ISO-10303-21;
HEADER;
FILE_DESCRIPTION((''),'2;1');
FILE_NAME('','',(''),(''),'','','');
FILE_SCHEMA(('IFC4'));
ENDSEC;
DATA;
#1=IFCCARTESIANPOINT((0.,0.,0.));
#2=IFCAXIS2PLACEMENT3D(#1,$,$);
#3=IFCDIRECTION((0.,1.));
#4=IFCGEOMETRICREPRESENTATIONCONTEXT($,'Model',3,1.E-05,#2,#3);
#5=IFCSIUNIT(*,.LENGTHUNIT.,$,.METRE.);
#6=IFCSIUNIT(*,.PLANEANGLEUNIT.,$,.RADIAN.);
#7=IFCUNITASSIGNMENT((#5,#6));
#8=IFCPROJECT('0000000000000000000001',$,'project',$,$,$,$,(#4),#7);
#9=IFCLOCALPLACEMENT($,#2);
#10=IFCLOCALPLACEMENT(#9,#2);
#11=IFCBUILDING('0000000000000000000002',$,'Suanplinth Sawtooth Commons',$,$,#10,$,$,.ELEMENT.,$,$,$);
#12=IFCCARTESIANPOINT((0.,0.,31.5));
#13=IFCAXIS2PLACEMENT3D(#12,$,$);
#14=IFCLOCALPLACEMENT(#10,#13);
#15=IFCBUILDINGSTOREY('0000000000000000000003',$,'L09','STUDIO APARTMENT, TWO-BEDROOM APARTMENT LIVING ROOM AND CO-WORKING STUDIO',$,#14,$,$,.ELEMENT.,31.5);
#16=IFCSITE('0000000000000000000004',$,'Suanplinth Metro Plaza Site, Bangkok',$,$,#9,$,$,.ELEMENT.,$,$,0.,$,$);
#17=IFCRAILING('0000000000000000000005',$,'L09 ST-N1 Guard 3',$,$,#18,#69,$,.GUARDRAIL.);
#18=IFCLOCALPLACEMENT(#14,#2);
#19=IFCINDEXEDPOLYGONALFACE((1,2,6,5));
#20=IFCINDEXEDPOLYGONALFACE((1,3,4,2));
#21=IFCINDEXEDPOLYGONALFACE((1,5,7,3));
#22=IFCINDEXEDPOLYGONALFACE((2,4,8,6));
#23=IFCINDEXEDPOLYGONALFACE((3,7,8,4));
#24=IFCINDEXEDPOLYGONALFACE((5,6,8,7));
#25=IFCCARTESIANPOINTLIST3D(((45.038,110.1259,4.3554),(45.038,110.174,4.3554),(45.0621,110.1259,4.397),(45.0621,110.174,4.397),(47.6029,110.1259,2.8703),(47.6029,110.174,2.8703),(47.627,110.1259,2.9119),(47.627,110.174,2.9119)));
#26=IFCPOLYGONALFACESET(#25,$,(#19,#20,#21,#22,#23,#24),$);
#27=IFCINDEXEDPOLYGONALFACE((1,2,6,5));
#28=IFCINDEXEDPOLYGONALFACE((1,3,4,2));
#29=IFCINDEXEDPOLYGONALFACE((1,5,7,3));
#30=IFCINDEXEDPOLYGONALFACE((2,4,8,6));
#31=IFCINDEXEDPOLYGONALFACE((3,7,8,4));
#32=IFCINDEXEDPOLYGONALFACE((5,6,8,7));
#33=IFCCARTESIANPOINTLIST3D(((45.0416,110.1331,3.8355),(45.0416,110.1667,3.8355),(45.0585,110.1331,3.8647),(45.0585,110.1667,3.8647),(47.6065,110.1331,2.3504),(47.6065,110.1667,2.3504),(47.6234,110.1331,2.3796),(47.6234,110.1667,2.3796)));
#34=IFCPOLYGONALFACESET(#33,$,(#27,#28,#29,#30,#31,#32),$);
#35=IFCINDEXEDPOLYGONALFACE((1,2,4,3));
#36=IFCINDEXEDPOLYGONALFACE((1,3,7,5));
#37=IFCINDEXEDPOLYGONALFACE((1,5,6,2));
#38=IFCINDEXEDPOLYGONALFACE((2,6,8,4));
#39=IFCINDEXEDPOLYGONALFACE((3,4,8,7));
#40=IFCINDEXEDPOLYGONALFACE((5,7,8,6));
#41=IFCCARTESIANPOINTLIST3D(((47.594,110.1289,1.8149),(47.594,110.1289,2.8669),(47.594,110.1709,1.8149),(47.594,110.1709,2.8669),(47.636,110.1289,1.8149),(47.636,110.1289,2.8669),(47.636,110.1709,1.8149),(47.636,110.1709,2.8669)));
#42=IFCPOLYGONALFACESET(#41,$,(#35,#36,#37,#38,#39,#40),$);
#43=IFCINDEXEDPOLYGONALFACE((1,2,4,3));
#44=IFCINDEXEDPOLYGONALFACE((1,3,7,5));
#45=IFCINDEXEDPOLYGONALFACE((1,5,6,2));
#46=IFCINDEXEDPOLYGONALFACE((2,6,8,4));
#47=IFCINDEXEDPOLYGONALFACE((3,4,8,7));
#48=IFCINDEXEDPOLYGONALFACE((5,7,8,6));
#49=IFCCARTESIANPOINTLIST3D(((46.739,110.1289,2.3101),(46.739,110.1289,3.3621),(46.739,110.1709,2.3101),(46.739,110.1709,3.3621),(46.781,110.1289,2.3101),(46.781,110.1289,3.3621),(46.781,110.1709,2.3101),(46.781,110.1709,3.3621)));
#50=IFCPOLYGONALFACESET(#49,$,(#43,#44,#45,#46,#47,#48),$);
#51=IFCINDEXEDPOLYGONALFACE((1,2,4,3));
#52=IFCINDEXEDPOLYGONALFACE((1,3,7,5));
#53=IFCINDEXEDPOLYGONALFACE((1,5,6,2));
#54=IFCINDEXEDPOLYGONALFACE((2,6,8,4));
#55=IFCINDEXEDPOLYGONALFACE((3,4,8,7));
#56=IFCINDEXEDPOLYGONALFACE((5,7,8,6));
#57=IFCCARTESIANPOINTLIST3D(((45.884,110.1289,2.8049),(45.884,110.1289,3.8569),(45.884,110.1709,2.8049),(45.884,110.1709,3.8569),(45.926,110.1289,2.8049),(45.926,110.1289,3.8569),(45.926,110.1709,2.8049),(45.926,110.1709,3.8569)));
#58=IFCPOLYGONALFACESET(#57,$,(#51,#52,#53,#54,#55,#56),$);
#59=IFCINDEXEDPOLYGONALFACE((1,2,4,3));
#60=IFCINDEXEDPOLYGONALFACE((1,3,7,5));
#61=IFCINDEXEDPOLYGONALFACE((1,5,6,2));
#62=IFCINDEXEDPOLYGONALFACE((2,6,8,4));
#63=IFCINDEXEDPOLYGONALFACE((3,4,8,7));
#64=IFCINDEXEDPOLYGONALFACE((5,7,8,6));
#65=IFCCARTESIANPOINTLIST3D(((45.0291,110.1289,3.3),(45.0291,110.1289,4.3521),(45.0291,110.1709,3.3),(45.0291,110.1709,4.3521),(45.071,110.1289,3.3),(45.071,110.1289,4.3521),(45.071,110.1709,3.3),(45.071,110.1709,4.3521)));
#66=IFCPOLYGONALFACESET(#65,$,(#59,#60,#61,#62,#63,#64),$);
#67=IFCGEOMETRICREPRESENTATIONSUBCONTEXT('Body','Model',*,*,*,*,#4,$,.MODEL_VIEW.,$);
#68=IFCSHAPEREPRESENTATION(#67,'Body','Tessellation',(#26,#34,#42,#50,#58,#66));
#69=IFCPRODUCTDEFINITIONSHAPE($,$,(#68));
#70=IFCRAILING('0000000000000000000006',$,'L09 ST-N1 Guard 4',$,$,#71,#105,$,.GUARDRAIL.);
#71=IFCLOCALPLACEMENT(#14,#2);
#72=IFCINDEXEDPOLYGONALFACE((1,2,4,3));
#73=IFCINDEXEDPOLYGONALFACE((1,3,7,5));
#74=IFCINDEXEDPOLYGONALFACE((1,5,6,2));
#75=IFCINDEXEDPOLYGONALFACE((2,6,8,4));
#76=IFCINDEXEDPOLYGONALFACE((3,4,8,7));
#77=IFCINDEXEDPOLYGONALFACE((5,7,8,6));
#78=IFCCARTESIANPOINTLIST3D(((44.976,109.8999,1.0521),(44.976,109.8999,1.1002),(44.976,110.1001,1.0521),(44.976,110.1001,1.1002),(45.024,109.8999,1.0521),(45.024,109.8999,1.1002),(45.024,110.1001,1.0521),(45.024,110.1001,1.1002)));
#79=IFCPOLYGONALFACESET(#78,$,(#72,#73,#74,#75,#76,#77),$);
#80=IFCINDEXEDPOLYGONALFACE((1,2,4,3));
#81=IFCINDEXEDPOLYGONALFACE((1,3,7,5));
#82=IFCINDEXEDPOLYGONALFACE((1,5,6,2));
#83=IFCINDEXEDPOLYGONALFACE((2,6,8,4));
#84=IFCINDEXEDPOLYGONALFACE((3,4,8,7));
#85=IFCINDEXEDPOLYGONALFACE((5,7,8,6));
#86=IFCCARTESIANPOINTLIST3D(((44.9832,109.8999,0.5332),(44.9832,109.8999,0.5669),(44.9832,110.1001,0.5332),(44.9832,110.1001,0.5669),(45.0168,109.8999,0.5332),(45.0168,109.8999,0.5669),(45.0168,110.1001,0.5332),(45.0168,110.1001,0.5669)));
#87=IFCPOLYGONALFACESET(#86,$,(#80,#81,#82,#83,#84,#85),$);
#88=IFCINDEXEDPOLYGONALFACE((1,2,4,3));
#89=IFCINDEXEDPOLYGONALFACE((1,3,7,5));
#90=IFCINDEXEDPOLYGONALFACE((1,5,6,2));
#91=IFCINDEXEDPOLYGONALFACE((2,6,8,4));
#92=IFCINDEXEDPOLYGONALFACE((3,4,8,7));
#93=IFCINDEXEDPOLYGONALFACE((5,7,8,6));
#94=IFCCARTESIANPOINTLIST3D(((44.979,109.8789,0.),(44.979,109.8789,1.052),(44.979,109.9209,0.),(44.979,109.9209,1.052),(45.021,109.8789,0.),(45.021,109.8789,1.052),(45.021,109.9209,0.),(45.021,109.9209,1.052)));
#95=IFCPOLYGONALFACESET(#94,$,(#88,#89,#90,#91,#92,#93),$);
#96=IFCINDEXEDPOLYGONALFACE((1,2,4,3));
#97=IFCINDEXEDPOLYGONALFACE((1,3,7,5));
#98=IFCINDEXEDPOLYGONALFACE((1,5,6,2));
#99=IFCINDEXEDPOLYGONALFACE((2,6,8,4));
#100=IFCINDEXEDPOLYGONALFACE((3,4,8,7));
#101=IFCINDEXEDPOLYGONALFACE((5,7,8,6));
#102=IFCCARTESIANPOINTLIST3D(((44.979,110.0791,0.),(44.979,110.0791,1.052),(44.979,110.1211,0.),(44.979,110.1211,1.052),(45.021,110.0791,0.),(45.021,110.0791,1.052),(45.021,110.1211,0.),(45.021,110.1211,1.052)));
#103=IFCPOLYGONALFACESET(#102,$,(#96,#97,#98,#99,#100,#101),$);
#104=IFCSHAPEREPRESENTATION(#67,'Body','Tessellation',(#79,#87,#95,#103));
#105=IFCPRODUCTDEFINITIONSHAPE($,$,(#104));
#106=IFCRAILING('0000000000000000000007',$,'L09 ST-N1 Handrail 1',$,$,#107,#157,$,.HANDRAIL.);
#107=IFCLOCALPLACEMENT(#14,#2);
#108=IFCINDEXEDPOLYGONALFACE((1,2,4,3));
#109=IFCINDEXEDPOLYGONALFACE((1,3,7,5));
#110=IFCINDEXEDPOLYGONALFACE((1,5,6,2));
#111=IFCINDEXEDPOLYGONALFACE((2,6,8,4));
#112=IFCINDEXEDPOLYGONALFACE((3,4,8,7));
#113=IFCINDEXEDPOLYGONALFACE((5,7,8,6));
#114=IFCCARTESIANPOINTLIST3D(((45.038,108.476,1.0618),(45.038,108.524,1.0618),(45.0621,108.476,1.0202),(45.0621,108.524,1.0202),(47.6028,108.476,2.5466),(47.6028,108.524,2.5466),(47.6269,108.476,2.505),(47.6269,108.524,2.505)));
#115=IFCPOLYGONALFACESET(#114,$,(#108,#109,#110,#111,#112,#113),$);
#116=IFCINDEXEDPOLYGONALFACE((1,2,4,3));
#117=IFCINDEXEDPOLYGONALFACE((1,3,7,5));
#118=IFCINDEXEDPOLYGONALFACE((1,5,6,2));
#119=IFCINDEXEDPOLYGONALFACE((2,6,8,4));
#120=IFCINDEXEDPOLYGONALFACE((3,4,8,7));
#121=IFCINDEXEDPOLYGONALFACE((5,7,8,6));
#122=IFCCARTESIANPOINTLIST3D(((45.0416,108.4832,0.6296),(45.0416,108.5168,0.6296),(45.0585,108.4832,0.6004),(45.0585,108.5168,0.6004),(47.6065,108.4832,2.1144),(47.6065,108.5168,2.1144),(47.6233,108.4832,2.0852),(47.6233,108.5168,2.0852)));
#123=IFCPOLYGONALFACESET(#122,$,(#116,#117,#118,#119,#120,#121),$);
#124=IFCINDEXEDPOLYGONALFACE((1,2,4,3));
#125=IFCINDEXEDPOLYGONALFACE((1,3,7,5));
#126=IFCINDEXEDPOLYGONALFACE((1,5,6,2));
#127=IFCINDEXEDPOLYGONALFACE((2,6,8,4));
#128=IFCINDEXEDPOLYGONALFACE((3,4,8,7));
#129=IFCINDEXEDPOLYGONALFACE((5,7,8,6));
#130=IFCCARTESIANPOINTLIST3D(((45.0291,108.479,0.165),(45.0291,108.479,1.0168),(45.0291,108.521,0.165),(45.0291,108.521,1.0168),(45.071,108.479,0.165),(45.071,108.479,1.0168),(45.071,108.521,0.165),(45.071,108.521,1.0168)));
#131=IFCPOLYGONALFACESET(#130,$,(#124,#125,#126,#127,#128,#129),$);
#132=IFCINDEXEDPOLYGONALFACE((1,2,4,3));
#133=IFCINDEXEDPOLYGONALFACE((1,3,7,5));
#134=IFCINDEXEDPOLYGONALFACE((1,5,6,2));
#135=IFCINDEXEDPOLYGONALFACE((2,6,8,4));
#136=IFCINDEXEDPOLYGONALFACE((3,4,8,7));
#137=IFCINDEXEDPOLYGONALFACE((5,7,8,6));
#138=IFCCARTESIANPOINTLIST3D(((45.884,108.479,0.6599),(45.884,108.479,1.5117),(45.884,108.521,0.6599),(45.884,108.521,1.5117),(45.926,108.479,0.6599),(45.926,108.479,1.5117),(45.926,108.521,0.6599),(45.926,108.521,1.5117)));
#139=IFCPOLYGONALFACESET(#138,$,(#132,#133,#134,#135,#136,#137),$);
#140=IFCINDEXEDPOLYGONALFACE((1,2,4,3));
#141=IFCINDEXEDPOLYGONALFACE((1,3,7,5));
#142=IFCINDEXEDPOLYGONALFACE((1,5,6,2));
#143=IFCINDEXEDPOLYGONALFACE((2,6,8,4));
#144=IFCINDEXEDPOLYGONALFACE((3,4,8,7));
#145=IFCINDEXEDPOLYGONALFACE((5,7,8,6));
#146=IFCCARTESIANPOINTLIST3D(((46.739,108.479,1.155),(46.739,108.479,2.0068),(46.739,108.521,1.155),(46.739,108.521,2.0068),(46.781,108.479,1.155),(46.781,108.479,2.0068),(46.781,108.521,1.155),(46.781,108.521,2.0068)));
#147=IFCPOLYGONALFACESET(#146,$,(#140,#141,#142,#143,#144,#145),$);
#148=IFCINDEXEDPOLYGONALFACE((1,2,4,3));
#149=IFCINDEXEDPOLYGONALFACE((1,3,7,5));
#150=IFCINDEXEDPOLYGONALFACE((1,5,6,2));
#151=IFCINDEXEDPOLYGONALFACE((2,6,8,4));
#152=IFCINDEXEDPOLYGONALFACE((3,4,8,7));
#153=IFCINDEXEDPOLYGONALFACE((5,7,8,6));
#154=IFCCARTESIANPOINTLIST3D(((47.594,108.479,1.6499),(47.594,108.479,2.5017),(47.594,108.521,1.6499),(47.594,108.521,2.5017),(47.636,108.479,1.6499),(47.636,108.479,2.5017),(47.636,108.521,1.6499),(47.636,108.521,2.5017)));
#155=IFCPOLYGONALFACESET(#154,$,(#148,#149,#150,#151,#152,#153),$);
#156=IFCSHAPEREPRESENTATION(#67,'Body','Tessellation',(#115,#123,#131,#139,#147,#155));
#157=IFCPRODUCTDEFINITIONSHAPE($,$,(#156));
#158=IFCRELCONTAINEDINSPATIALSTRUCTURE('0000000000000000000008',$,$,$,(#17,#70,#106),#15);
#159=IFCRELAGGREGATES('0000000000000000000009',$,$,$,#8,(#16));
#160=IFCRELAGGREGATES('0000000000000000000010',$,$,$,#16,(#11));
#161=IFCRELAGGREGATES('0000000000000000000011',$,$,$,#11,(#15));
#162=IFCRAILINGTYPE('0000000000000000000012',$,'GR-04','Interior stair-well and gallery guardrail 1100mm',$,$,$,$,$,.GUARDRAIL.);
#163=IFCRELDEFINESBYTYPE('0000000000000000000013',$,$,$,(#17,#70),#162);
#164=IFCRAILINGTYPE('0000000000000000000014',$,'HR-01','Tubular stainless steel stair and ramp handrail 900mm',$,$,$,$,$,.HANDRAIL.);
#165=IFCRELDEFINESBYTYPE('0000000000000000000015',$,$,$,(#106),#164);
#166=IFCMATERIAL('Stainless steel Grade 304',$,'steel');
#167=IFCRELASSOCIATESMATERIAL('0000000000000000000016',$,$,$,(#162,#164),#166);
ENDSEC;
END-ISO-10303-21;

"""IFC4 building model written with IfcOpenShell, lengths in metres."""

from ifc_helpers import new_model, si_unit, direction, frame, origin, origin_2d, place, context, subcontext, project, spatial, rectangle, extrude, material, type_object, element, save


model = new_model("IFC4")

# Units and contexts
model_context = context("Model", 3, precision=1e-05, world=origin(), true_north=direction((0.0, 1.0)))
body_context = subcontext(model_context, "Body", "Model", "MODEL_VIEW")
ifc_project = project(units=[si_unit("LENGTHUNIT", "METRE"), si_unit("PLANEANGLEUNIT", "RADIAN")], contexts=[model_context])

# Site, building, storey
site_placement = place(None, origin())
site = spatial("IfcSite", under=ifc_project, at=site_placement, Name="Suanplinth Metro Plaza Site, Bangkok", CompositionType="ELEMENT", RefElevation=0.0)
building_placement = place(site_placement, origin())
building = spatial("IfcBuilding", under=site, at=building_placement, Name="Suanplinth Sawtooth Commons", CompositionType="ELEMENT")
storey_placement = place(building_placement, frame((0.0, 0.0, 31.5)))
storey = spatial("IfcBuildingStorey", under=building, at=storey_placement, Name="L09", Description="STUDIO APARTMENT, TWO-BEDROOM APARTMENT LIVING ROOM AND CO-WORKING STUDIO", CompositionType="ELEMENT", Elevation=31.5)

# Shared definitions
ifc_material_1 = material(Name="Stainless steel Grade 304", Category="steel")

# Railings
railing_type_1 = type_object("IfcRailingType", Name="GR-04", Description="Interior stair-well and gallery guardrail 1100mm", PredefinedType="GUARDRAIL", material=ifc_material_1)
railing_1_placement = place(storey_placement, frame((47.615, 110.1499, 1.8149)))
element("IfcRailing", 1, at=railing_1_placement, inside=storey, type_object=railing_type_1, Name="L09 ST-N1 Guard 3", PredefinedType="GUARDRAIL", context=body_context, shape_type="SweptSolid", body=[
    extrude(rectangle(XDim=0.0481, YDim=0.0481, at=origin_2d()), frame((0.0, 0.0, 1.0762), z_axis=(-0.865406, 0.0, 0.501072), x_axis=(0.0, -1.0, 0.0)), (0.0, 0.0, 1.0), 2.9639),
    extrude(rectangle(XDim=0.0337, YDim=0.0337, at=origin_2d()), frame((0.0, 0.0, 0.55), z_axis=(-0.865406, 0.0, 0.501072), x_axis=(0.0, -1.0, 0.0)), (0.0, 0.0, 1.0), 2.9639),
    extrude(rectangle(XDim=0.042, YDim=0.042, at=origin_2d()), origin(), (0.0, 0.0, 1.0), 1.052),
    extrude(rectangle(XDim=0.042, YDim=0.042, at=origin_2d()), frame((-0.855, 0.0, 0.4951)), (0.0, 0.0, 1.0), 1.052),
    extrude(rectangle(XDim=0.042, YDim=0.042, at=origin_2d()), frame((-1.71, 0.0, 0.99)), (0.0, 0.0, 1.0), 1.052),
    extrude(rectangle(XDim=0.042, YDim=0.042, at=origin_2d()), frame((-2.5649, 0.0, 1.4851)), (0.0, 0.0, 1.0), 1.052),
])
railing_2_placement = place(storey_placement, frame((45.0, 109.8999, 0.0)))
element("IfcRailing", 2, at=railing_2_placement, inside=storey, type_object=railing_type_1, Name="L09 ST-N1 Guard 4", PredefinedType="GUARDRAIL", context=body_context, shape_type="SweptSolid", body=[
    extrude(rectangle(XDim=0.0481, YDim=0.0481, at=origin_2d()), frame((0.0, 0.0, 1.0762), z_axis=(0.0, 1.0, 0.0), x_axis=(-1.0, 0.0, 0.0)), (0.0, 0.0, 1.0), 0.2002),
    extrude(rectangle(XDim=0.0337, YDim=0.0337, at=origin_2d()), frame((0.0, 0.0, 0.55), z_axis=(0.0, 1.0, 0.0), x_axis=(-1.0, 0.0, 0.0)), (0.0, 0.0, 1.0), 0.2002),
    extrude(rectangle(XDim=0.042, YDim=0.042, at=origin_2d()), origin(), (0.0, 0.0, 1.0), 1.052),
    extrude(rectangle(XDim=0.042, YDim=0.042, at=origin_2d()), frame((0.0, 0.2002, 0.0)), (0.0, 0.0, 1.0), 1.052),
])
railing_type_2 = type_object("IfcRailingType", Name="HR-01", Description="Tubular stainless steel stair and ramp handrail 900mm", PredefinedType="HANDRAIL", material=ifc_material_1)
railing_3_placement = place(storey_placement, frame((45.05, 108.5, 0.165)))
element("IfcRailing", 3, at=railing_3_placement, inside=storey, type_object=railing_type_2, Name="L09 ST-N1 Handrail 1", PredefinedType="HANDRAIL", context=body_context, shape_type="SweptSolid", body=[
    extrude(rectangle(XDim=0.0481, YDim=0.0481, at=origin_2d()), frame((0.0, 0.0, 0.876), z_axis=(0.865441, 0.0, 0.50101), x_axis=(0.0, 1.0, 0.0)), (0.0, 0.0, 1.0), 2.9636),
    extrude(rectangle(XDim=0.0337, YDim=0.0337, at=origin_2d()), frame((0.0, 0.0, 0.45), z_axis=(0.865441, 0.0, 0.50101), x_axis=(0.0, 1.0, 0.0)), (0.0, 0.0, 1.0), 2.9636),
    extrude(rectangle(XDim=0.042, YDim=0.042, at=origin_2d()), origin(), (0.0, 0.0, 1.0), 0.8518),
    extrude(rectangle(XDim=0.042, YDim=0.042, at=origin_2d()), frame((0.855, 0.0, 0.4949)), (0.0, 0.0, 1.0), 0.8518),
    extrude(rectangle(XDim=0.042, YDim=0.042, at=origin_2d()), frame((1.71, 0.0, 0.99)), (0.0, 0.0, 1.0), 0.8518),
    extrude(rectangle(XDim=0.042, YDim=0.042, at=origin_2d()), frame((2.5649, 0.0, 1.4849)), (0.0, 0.0, 1.0), 0.8518),
])

save(model, "model.ifc")
